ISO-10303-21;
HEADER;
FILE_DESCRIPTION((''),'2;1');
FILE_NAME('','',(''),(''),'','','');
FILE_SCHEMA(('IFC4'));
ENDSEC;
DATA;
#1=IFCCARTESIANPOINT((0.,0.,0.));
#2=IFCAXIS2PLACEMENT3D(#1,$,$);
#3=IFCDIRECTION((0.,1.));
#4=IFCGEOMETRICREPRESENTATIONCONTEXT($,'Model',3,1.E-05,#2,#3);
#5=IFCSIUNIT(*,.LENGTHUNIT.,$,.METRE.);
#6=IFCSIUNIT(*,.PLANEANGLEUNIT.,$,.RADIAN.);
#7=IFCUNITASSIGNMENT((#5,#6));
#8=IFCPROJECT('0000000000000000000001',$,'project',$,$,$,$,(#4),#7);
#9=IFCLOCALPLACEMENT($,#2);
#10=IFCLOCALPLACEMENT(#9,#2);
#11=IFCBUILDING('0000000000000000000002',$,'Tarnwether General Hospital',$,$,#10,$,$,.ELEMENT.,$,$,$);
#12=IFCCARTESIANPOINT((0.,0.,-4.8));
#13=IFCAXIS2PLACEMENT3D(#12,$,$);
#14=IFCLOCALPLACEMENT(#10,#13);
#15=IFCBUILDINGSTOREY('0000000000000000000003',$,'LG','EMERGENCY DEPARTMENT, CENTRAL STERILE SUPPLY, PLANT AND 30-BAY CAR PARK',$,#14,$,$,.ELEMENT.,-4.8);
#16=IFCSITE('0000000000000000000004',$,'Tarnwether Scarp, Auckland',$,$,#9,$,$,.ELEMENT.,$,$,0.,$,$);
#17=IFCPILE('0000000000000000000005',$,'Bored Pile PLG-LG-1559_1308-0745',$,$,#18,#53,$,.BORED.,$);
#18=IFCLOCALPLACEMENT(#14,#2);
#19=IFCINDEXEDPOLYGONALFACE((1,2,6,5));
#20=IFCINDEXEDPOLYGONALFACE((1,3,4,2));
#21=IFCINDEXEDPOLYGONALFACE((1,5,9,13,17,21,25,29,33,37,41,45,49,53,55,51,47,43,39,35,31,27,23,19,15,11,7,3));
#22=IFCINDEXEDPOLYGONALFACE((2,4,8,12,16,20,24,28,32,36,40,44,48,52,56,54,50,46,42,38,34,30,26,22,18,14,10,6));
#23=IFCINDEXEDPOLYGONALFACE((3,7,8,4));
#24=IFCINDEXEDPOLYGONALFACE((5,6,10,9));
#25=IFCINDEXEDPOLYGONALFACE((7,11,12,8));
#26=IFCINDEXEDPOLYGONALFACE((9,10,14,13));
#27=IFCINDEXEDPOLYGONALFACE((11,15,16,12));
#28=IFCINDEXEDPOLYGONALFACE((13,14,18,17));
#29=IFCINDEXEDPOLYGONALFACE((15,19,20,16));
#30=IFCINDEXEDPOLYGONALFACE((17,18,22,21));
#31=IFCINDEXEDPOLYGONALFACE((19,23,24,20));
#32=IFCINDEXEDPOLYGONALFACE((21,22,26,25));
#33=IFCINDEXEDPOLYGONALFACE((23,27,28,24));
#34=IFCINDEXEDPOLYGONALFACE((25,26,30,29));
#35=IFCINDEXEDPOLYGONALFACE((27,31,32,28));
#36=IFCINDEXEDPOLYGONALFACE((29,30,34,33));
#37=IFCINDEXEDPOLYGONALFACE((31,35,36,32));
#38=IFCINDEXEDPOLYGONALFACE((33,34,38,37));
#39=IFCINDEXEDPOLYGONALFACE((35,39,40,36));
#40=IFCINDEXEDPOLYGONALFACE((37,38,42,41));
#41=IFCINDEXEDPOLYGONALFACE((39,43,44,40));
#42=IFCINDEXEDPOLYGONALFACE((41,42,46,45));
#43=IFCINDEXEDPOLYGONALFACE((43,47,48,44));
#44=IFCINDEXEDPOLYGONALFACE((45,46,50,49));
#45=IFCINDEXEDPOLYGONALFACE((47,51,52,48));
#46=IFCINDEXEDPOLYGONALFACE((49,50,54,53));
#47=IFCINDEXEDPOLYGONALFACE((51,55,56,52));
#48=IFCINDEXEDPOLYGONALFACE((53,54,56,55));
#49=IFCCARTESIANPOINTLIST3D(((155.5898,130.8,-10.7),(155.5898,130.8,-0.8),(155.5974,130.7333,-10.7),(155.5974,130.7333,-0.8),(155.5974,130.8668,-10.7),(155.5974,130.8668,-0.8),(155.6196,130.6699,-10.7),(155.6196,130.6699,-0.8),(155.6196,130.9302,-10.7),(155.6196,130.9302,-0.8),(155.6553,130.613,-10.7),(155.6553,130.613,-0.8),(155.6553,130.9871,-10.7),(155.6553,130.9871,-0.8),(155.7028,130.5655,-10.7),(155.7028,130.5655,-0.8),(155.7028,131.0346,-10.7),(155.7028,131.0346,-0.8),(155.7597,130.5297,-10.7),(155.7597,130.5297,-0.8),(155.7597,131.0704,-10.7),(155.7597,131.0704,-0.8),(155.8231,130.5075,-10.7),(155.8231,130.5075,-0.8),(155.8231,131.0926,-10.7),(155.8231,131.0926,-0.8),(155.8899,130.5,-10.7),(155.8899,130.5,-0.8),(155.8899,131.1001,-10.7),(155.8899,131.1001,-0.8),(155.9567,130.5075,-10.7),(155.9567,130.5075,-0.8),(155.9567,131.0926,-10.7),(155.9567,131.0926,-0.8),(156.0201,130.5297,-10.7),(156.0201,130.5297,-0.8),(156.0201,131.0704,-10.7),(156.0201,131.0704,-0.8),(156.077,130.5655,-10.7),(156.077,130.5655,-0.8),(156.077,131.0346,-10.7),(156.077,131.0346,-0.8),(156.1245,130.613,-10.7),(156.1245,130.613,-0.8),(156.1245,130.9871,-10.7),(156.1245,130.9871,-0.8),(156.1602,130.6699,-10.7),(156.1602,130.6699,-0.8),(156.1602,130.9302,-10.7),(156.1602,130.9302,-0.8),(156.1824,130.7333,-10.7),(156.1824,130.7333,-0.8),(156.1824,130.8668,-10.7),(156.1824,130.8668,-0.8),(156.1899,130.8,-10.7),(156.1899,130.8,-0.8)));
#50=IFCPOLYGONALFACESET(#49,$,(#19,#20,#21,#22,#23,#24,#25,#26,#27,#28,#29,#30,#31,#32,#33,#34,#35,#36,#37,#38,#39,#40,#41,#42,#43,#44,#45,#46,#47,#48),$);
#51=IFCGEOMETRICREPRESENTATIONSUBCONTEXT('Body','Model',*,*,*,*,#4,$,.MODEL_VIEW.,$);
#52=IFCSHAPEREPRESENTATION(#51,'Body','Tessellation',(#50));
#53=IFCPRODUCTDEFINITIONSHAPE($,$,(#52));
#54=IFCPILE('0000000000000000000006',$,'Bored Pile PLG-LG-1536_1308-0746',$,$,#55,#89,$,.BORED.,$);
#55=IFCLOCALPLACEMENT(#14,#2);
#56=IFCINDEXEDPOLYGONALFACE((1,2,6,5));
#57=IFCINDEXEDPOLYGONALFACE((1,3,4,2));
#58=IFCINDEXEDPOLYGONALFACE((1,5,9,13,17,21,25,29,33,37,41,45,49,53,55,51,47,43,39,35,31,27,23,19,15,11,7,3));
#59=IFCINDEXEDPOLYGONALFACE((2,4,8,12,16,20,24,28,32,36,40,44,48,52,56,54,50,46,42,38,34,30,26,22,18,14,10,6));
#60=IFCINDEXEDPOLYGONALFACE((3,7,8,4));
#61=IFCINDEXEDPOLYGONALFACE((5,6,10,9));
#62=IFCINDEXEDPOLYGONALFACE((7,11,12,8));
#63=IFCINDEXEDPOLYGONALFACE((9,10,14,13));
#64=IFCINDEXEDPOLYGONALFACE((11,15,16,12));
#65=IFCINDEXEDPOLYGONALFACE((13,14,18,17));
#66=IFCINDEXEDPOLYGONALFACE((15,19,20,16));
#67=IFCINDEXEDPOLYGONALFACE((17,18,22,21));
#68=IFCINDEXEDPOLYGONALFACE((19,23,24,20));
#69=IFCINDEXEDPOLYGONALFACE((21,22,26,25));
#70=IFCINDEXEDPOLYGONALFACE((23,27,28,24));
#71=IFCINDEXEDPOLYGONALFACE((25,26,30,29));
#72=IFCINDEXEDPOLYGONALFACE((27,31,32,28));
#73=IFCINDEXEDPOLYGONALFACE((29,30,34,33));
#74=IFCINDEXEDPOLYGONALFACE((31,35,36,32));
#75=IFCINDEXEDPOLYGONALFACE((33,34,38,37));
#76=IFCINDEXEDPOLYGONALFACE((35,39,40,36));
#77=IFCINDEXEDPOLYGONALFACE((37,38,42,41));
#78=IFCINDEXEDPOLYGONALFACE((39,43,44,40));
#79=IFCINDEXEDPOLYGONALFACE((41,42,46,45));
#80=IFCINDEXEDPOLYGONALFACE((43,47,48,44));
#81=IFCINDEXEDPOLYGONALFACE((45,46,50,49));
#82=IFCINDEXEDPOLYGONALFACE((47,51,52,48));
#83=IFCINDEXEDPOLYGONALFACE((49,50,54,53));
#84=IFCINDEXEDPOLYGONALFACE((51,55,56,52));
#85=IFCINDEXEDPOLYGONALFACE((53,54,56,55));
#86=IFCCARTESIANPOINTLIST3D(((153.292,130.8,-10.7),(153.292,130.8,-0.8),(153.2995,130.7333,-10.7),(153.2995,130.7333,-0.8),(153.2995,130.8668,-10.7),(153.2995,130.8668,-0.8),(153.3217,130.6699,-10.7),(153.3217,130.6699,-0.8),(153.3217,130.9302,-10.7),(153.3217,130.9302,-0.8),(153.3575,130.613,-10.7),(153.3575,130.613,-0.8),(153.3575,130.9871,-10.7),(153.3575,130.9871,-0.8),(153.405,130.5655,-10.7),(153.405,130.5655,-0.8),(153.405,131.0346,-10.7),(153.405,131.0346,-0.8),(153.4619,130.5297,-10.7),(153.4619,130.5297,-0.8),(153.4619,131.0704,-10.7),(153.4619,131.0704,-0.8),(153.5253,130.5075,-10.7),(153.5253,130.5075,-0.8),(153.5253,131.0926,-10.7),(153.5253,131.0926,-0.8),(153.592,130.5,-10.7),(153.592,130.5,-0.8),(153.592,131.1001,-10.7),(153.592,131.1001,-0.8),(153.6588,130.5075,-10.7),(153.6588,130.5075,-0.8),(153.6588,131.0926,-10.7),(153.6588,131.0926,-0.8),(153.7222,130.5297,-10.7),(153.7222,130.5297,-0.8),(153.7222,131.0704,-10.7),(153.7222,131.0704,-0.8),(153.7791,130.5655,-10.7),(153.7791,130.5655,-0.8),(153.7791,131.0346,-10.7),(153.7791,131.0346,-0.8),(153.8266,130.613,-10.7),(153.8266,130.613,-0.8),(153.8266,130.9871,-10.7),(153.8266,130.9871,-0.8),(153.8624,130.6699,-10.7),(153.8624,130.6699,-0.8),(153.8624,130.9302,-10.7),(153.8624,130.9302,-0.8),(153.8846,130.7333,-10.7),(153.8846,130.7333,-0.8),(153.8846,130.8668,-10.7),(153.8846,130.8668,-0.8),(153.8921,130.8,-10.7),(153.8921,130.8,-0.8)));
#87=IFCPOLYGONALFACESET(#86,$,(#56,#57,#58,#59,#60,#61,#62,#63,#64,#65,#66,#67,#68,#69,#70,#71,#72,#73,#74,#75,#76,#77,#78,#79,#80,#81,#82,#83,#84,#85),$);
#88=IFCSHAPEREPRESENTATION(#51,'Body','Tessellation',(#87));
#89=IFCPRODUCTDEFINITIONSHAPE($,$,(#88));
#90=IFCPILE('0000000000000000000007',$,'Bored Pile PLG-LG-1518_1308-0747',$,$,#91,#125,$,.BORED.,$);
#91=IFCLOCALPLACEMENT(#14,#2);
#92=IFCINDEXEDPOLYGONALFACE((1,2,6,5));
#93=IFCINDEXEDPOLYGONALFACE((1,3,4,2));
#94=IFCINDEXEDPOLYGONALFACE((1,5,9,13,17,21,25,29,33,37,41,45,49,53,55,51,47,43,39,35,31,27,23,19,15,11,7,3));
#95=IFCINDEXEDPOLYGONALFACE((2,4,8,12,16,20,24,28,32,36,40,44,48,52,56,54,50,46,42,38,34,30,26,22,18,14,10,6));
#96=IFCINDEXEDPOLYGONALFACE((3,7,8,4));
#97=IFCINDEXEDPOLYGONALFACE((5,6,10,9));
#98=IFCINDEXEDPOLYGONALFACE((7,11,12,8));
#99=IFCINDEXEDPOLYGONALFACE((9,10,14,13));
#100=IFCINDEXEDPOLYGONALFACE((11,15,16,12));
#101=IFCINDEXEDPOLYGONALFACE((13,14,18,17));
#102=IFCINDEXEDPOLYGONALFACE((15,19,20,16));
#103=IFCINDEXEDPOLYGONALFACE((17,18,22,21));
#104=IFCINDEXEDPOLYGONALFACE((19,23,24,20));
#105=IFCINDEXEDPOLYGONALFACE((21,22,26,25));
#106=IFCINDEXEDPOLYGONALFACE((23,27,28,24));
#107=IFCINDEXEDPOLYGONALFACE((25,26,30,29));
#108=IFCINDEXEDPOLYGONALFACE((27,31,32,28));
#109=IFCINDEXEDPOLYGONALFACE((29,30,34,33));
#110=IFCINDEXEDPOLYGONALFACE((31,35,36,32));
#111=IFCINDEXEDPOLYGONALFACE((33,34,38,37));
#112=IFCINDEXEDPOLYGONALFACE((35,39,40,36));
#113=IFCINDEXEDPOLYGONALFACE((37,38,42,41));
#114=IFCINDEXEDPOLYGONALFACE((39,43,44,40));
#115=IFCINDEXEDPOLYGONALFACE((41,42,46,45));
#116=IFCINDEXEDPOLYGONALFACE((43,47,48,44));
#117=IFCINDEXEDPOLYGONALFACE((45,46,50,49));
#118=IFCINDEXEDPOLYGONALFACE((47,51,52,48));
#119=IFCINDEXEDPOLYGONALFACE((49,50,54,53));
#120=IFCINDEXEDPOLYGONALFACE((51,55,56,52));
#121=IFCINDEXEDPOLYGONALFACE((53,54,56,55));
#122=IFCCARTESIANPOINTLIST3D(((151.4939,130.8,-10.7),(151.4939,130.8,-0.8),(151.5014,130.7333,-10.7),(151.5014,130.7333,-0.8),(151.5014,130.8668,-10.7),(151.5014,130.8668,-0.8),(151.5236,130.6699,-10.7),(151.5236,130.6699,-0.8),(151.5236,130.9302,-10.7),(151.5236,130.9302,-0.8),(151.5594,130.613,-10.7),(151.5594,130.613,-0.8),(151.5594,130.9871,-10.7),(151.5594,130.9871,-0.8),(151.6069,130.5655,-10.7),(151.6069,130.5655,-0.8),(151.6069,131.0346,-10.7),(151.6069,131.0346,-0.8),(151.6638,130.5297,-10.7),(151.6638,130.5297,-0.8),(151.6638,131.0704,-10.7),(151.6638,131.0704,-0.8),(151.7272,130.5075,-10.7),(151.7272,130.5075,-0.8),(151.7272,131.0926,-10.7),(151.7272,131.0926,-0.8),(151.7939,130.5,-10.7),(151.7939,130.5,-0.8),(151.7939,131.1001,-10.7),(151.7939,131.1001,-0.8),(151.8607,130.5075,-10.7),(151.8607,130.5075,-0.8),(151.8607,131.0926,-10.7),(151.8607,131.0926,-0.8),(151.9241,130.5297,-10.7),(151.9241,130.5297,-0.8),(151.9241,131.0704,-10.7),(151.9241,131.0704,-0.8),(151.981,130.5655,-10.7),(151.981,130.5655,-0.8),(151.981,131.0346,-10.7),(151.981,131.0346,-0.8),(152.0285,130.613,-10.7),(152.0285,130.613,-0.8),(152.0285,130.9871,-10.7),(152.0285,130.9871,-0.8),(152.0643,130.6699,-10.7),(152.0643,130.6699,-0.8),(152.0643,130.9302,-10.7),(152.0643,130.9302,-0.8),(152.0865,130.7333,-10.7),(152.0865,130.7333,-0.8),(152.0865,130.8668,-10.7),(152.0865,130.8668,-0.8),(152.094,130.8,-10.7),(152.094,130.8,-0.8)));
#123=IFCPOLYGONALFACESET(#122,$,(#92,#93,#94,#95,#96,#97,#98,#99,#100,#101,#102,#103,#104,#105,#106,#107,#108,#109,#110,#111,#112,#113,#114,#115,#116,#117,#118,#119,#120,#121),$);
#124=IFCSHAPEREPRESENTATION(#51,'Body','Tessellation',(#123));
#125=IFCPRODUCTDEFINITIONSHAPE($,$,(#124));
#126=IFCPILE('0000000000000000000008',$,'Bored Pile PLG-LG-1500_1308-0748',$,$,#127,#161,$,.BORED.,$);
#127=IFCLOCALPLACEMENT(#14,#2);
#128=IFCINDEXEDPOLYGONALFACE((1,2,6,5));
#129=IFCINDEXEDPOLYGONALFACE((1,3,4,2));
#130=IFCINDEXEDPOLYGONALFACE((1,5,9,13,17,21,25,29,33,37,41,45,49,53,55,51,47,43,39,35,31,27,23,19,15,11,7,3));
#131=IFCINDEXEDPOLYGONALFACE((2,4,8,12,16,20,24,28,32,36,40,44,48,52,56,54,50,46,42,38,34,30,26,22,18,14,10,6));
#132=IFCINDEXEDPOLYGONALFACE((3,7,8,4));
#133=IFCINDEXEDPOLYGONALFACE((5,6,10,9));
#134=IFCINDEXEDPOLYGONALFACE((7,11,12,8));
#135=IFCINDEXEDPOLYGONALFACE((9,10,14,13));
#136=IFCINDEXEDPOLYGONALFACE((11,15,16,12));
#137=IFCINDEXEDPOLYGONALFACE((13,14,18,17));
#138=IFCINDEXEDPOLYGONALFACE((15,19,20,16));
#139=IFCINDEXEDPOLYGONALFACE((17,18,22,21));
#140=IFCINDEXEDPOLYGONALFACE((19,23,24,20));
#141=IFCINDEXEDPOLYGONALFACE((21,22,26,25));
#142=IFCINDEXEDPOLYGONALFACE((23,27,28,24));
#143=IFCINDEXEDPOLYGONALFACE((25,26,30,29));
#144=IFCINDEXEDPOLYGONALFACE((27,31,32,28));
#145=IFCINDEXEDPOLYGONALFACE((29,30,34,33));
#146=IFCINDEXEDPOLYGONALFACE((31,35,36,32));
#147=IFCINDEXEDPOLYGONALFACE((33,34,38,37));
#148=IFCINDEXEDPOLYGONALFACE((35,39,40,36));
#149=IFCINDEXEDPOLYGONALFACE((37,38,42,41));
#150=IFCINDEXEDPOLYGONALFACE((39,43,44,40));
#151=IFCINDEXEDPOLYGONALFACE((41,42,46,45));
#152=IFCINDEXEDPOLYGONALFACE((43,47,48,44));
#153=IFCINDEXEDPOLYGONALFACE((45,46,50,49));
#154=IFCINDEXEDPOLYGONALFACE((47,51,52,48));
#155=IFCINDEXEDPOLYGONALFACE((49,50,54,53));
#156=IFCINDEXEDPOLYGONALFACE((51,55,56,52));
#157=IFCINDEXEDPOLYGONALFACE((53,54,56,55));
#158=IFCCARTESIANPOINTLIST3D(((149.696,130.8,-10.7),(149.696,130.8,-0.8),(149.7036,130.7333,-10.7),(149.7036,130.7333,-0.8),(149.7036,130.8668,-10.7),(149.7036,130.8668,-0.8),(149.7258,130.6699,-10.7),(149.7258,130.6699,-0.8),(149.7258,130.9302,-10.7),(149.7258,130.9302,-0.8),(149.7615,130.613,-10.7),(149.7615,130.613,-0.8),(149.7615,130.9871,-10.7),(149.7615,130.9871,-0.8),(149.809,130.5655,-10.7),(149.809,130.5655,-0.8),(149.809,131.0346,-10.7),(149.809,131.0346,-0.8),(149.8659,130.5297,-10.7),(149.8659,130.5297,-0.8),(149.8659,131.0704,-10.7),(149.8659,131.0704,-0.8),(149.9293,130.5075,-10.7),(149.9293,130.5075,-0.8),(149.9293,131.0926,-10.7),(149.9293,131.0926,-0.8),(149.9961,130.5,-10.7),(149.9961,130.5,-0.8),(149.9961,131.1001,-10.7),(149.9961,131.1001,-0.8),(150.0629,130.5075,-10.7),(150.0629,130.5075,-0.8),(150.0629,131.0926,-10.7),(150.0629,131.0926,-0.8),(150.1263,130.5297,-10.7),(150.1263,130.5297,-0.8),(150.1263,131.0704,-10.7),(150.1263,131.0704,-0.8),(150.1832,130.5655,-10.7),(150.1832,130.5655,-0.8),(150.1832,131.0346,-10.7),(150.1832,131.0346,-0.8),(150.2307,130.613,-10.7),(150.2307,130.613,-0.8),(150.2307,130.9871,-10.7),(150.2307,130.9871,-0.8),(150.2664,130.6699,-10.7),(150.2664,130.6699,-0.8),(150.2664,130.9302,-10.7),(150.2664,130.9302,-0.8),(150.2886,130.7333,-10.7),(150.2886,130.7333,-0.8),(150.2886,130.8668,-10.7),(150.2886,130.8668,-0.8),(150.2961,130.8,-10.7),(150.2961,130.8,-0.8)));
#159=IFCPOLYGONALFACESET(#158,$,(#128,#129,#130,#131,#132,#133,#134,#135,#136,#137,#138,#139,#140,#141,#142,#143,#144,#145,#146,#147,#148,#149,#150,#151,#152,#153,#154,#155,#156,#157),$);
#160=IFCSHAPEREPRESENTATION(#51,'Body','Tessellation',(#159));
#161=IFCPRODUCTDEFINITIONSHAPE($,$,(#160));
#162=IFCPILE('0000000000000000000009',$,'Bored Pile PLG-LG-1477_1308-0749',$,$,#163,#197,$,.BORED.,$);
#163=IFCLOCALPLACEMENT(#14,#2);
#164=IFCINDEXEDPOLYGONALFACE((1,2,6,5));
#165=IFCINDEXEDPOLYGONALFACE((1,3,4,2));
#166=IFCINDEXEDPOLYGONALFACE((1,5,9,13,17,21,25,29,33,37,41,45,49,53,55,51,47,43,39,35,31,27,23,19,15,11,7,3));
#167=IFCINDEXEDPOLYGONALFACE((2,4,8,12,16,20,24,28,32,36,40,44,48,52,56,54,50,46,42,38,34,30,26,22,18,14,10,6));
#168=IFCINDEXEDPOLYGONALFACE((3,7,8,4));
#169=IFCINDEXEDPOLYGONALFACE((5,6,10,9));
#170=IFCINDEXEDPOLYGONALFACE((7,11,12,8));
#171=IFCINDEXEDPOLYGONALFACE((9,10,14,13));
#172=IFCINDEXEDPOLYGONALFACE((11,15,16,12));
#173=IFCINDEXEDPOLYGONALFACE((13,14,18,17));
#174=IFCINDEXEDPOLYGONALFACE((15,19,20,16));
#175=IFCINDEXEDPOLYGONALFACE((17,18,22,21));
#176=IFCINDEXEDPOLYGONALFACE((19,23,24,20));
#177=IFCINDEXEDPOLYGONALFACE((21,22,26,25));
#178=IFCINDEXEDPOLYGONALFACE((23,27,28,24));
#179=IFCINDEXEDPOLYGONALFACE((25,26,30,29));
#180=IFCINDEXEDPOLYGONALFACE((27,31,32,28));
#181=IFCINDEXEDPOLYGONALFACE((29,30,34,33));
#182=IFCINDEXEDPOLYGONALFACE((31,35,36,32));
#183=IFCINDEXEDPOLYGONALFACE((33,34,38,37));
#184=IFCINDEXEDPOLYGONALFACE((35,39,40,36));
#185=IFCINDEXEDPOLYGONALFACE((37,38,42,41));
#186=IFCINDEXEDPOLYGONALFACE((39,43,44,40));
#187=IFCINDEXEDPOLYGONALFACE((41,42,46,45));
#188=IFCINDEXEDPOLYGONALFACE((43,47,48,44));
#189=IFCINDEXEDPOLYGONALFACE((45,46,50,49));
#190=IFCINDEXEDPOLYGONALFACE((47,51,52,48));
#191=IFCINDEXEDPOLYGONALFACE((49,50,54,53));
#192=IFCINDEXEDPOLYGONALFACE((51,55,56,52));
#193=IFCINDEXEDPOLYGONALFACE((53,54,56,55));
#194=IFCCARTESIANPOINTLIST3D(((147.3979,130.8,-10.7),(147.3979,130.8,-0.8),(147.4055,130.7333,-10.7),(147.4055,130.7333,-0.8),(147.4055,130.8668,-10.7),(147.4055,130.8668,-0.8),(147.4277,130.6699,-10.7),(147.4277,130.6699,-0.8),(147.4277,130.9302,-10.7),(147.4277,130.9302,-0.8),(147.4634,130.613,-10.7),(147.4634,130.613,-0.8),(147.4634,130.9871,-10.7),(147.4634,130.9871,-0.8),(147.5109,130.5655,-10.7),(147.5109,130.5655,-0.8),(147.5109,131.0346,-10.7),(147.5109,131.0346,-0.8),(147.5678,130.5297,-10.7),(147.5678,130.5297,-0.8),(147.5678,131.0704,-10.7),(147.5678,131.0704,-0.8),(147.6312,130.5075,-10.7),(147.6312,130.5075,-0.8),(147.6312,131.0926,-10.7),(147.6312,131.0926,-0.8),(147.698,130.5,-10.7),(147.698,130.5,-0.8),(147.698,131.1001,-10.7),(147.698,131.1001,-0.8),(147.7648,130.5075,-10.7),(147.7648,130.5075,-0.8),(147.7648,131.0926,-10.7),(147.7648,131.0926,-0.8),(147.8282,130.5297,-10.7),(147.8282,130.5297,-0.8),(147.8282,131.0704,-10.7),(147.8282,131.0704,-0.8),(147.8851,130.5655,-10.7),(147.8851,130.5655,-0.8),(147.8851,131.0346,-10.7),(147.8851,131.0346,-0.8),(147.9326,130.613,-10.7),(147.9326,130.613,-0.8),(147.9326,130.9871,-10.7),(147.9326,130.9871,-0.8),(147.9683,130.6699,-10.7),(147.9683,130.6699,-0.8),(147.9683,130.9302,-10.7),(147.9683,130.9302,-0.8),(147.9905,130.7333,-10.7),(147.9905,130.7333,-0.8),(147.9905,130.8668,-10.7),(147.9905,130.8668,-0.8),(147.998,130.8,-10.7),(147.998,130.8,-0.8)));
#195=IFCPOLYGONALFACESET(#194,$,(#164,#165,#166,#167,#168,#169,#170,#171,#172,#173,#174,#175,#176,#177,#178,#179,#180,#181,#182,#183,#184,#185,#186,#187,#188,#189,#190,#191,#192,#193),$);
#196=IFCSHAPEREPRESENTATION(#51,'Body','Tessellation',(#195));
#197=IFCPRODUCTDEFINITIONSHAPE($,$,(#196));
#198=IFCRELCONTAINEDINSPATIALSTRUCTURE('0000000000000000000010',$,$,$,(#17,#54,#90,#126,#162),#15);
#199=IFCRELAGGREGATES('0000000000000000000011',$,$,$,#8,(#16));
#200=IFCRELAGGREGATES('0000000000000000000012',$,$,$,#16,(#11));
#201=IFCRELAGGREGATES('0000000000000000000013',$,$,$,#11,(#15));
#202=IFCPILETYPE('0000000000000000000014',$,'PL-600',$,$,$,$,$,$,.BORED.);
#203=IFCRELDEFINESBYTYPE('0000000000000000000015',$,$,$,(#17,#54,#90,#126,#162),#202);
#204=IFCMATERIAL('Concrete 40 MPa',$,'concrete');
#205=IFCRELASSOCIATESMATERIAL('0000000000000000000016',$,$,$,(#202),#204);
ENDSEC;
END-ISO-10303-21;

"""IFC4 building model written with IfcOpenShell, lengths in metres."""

from ifc_helpers import new_model, si_unit, direction, frame, origin, origin_2d, place, context, subcontext, project, spatial, circle, extrude, material, material_profile, profile_set, type_object, element, save


model = new_model("IFC4")

# Units and contexts
model_context = context("Model", 3, precision=1e-05, world=origin(), true_north=direction((0.0, 1.0)))
body_context = subcontext(model_context, "Body", "Model", "MODEL_VIEW")
ifc_project = project(units=[si_unit("LENGTHUNIT", "METRE"), si_unit("PLANEANGLEUNIT", "RADIAN")], contexts=[model_context])

# Site, building, storey
site_placement = place(None, origin())
site = spatial("IfcSite", under=ifc_project, at=site_placement, Name="Tarnwether Scarp, Auckland", CompositionType="ELEMENT", RefElevation=0.0)
building_placement = place(site_placement, origin())
building = spatial("IfcBuilding", under=site, at=building_placement, Name="Tarnwether General Hospital", CompositionType="ELEMENT")
storey_placement = place(building_placement, frame((0.0, 0.0, -4.8)))
storey = spatial("IfcBuildingStorey", under=building, at=storey_placement, Name="LG", Description="EMERGENCY DEPARTMENT, CENTRAL STERILE SUPPLY, PLANT AND 30-BAY CAR PARK", CompositionType="ELEMENT", Elevation=-4.8)

# Piles
ifc_material_1 = material(Name="Concrete 40 MPa", Category="concrete")
ifc_material_profile_1 = material_profile(ifc_material_1, circle(Radius=0.3, at=origin_2d()), Name="PILE-D600")
ifc_profile_set_1 = profile_set([ifc_material_profile_1], Name="Concrete 40 MPa")
pile_type_1 = type_object("IfcPileType", Name="PL-600", PredefinedType="BORED", material=ifc_profile_set_1)
for number, where, z_axis, x_axis, name in (
    (1, (155.8899, 130.8, -0.8), (0.0, 0.0, -1.0), (1.0, 0.0, 0.0), "Bored Pile PLG-LG-1559_1308-0745"),
    (2, (153.592, 130.8, -0.8), (0.0, 0.0, -1.0), (1.0, 0.0, 0.0), "Bored Pile PLG-LG-1536_1308-0746"),
    (3, (151.7939, 130.8, -0.8), (0.0, 0.0, -1.0), (1.0, 0.0, 0.0), "Bored Pile PLG-LG-1518_1308-0747"),
    (4, (149.9961, 130.8, -0.8), (0.0, 0.0, -1.0), (1.0, 0.0, 0.0), "Bored Pile PLG-LG-1500_1308-0748"),
    (5, (147.698, 130.8, -0.8), (0.0, 0.0, -1.0), (1.0, 0.0, 0.0), "Bored Pile PLG-LG-1477_1308-0749"),
):
    element("IfcPile", number, at=place(storey_placement, frame(where, z_axis=z_axis, x_axis=x_axis)), inside=storey, type_object=pile_type_1, Name=name, PredefinedType="BORED", context=body_context, shape_type="SweptSolid", body=[
        extrude(circle(Radius=0.3, at=origin_2d()), origin(), (0.0, 0.0, 1.0), 9.8999),
    ])

save(model, "model.ifc")
